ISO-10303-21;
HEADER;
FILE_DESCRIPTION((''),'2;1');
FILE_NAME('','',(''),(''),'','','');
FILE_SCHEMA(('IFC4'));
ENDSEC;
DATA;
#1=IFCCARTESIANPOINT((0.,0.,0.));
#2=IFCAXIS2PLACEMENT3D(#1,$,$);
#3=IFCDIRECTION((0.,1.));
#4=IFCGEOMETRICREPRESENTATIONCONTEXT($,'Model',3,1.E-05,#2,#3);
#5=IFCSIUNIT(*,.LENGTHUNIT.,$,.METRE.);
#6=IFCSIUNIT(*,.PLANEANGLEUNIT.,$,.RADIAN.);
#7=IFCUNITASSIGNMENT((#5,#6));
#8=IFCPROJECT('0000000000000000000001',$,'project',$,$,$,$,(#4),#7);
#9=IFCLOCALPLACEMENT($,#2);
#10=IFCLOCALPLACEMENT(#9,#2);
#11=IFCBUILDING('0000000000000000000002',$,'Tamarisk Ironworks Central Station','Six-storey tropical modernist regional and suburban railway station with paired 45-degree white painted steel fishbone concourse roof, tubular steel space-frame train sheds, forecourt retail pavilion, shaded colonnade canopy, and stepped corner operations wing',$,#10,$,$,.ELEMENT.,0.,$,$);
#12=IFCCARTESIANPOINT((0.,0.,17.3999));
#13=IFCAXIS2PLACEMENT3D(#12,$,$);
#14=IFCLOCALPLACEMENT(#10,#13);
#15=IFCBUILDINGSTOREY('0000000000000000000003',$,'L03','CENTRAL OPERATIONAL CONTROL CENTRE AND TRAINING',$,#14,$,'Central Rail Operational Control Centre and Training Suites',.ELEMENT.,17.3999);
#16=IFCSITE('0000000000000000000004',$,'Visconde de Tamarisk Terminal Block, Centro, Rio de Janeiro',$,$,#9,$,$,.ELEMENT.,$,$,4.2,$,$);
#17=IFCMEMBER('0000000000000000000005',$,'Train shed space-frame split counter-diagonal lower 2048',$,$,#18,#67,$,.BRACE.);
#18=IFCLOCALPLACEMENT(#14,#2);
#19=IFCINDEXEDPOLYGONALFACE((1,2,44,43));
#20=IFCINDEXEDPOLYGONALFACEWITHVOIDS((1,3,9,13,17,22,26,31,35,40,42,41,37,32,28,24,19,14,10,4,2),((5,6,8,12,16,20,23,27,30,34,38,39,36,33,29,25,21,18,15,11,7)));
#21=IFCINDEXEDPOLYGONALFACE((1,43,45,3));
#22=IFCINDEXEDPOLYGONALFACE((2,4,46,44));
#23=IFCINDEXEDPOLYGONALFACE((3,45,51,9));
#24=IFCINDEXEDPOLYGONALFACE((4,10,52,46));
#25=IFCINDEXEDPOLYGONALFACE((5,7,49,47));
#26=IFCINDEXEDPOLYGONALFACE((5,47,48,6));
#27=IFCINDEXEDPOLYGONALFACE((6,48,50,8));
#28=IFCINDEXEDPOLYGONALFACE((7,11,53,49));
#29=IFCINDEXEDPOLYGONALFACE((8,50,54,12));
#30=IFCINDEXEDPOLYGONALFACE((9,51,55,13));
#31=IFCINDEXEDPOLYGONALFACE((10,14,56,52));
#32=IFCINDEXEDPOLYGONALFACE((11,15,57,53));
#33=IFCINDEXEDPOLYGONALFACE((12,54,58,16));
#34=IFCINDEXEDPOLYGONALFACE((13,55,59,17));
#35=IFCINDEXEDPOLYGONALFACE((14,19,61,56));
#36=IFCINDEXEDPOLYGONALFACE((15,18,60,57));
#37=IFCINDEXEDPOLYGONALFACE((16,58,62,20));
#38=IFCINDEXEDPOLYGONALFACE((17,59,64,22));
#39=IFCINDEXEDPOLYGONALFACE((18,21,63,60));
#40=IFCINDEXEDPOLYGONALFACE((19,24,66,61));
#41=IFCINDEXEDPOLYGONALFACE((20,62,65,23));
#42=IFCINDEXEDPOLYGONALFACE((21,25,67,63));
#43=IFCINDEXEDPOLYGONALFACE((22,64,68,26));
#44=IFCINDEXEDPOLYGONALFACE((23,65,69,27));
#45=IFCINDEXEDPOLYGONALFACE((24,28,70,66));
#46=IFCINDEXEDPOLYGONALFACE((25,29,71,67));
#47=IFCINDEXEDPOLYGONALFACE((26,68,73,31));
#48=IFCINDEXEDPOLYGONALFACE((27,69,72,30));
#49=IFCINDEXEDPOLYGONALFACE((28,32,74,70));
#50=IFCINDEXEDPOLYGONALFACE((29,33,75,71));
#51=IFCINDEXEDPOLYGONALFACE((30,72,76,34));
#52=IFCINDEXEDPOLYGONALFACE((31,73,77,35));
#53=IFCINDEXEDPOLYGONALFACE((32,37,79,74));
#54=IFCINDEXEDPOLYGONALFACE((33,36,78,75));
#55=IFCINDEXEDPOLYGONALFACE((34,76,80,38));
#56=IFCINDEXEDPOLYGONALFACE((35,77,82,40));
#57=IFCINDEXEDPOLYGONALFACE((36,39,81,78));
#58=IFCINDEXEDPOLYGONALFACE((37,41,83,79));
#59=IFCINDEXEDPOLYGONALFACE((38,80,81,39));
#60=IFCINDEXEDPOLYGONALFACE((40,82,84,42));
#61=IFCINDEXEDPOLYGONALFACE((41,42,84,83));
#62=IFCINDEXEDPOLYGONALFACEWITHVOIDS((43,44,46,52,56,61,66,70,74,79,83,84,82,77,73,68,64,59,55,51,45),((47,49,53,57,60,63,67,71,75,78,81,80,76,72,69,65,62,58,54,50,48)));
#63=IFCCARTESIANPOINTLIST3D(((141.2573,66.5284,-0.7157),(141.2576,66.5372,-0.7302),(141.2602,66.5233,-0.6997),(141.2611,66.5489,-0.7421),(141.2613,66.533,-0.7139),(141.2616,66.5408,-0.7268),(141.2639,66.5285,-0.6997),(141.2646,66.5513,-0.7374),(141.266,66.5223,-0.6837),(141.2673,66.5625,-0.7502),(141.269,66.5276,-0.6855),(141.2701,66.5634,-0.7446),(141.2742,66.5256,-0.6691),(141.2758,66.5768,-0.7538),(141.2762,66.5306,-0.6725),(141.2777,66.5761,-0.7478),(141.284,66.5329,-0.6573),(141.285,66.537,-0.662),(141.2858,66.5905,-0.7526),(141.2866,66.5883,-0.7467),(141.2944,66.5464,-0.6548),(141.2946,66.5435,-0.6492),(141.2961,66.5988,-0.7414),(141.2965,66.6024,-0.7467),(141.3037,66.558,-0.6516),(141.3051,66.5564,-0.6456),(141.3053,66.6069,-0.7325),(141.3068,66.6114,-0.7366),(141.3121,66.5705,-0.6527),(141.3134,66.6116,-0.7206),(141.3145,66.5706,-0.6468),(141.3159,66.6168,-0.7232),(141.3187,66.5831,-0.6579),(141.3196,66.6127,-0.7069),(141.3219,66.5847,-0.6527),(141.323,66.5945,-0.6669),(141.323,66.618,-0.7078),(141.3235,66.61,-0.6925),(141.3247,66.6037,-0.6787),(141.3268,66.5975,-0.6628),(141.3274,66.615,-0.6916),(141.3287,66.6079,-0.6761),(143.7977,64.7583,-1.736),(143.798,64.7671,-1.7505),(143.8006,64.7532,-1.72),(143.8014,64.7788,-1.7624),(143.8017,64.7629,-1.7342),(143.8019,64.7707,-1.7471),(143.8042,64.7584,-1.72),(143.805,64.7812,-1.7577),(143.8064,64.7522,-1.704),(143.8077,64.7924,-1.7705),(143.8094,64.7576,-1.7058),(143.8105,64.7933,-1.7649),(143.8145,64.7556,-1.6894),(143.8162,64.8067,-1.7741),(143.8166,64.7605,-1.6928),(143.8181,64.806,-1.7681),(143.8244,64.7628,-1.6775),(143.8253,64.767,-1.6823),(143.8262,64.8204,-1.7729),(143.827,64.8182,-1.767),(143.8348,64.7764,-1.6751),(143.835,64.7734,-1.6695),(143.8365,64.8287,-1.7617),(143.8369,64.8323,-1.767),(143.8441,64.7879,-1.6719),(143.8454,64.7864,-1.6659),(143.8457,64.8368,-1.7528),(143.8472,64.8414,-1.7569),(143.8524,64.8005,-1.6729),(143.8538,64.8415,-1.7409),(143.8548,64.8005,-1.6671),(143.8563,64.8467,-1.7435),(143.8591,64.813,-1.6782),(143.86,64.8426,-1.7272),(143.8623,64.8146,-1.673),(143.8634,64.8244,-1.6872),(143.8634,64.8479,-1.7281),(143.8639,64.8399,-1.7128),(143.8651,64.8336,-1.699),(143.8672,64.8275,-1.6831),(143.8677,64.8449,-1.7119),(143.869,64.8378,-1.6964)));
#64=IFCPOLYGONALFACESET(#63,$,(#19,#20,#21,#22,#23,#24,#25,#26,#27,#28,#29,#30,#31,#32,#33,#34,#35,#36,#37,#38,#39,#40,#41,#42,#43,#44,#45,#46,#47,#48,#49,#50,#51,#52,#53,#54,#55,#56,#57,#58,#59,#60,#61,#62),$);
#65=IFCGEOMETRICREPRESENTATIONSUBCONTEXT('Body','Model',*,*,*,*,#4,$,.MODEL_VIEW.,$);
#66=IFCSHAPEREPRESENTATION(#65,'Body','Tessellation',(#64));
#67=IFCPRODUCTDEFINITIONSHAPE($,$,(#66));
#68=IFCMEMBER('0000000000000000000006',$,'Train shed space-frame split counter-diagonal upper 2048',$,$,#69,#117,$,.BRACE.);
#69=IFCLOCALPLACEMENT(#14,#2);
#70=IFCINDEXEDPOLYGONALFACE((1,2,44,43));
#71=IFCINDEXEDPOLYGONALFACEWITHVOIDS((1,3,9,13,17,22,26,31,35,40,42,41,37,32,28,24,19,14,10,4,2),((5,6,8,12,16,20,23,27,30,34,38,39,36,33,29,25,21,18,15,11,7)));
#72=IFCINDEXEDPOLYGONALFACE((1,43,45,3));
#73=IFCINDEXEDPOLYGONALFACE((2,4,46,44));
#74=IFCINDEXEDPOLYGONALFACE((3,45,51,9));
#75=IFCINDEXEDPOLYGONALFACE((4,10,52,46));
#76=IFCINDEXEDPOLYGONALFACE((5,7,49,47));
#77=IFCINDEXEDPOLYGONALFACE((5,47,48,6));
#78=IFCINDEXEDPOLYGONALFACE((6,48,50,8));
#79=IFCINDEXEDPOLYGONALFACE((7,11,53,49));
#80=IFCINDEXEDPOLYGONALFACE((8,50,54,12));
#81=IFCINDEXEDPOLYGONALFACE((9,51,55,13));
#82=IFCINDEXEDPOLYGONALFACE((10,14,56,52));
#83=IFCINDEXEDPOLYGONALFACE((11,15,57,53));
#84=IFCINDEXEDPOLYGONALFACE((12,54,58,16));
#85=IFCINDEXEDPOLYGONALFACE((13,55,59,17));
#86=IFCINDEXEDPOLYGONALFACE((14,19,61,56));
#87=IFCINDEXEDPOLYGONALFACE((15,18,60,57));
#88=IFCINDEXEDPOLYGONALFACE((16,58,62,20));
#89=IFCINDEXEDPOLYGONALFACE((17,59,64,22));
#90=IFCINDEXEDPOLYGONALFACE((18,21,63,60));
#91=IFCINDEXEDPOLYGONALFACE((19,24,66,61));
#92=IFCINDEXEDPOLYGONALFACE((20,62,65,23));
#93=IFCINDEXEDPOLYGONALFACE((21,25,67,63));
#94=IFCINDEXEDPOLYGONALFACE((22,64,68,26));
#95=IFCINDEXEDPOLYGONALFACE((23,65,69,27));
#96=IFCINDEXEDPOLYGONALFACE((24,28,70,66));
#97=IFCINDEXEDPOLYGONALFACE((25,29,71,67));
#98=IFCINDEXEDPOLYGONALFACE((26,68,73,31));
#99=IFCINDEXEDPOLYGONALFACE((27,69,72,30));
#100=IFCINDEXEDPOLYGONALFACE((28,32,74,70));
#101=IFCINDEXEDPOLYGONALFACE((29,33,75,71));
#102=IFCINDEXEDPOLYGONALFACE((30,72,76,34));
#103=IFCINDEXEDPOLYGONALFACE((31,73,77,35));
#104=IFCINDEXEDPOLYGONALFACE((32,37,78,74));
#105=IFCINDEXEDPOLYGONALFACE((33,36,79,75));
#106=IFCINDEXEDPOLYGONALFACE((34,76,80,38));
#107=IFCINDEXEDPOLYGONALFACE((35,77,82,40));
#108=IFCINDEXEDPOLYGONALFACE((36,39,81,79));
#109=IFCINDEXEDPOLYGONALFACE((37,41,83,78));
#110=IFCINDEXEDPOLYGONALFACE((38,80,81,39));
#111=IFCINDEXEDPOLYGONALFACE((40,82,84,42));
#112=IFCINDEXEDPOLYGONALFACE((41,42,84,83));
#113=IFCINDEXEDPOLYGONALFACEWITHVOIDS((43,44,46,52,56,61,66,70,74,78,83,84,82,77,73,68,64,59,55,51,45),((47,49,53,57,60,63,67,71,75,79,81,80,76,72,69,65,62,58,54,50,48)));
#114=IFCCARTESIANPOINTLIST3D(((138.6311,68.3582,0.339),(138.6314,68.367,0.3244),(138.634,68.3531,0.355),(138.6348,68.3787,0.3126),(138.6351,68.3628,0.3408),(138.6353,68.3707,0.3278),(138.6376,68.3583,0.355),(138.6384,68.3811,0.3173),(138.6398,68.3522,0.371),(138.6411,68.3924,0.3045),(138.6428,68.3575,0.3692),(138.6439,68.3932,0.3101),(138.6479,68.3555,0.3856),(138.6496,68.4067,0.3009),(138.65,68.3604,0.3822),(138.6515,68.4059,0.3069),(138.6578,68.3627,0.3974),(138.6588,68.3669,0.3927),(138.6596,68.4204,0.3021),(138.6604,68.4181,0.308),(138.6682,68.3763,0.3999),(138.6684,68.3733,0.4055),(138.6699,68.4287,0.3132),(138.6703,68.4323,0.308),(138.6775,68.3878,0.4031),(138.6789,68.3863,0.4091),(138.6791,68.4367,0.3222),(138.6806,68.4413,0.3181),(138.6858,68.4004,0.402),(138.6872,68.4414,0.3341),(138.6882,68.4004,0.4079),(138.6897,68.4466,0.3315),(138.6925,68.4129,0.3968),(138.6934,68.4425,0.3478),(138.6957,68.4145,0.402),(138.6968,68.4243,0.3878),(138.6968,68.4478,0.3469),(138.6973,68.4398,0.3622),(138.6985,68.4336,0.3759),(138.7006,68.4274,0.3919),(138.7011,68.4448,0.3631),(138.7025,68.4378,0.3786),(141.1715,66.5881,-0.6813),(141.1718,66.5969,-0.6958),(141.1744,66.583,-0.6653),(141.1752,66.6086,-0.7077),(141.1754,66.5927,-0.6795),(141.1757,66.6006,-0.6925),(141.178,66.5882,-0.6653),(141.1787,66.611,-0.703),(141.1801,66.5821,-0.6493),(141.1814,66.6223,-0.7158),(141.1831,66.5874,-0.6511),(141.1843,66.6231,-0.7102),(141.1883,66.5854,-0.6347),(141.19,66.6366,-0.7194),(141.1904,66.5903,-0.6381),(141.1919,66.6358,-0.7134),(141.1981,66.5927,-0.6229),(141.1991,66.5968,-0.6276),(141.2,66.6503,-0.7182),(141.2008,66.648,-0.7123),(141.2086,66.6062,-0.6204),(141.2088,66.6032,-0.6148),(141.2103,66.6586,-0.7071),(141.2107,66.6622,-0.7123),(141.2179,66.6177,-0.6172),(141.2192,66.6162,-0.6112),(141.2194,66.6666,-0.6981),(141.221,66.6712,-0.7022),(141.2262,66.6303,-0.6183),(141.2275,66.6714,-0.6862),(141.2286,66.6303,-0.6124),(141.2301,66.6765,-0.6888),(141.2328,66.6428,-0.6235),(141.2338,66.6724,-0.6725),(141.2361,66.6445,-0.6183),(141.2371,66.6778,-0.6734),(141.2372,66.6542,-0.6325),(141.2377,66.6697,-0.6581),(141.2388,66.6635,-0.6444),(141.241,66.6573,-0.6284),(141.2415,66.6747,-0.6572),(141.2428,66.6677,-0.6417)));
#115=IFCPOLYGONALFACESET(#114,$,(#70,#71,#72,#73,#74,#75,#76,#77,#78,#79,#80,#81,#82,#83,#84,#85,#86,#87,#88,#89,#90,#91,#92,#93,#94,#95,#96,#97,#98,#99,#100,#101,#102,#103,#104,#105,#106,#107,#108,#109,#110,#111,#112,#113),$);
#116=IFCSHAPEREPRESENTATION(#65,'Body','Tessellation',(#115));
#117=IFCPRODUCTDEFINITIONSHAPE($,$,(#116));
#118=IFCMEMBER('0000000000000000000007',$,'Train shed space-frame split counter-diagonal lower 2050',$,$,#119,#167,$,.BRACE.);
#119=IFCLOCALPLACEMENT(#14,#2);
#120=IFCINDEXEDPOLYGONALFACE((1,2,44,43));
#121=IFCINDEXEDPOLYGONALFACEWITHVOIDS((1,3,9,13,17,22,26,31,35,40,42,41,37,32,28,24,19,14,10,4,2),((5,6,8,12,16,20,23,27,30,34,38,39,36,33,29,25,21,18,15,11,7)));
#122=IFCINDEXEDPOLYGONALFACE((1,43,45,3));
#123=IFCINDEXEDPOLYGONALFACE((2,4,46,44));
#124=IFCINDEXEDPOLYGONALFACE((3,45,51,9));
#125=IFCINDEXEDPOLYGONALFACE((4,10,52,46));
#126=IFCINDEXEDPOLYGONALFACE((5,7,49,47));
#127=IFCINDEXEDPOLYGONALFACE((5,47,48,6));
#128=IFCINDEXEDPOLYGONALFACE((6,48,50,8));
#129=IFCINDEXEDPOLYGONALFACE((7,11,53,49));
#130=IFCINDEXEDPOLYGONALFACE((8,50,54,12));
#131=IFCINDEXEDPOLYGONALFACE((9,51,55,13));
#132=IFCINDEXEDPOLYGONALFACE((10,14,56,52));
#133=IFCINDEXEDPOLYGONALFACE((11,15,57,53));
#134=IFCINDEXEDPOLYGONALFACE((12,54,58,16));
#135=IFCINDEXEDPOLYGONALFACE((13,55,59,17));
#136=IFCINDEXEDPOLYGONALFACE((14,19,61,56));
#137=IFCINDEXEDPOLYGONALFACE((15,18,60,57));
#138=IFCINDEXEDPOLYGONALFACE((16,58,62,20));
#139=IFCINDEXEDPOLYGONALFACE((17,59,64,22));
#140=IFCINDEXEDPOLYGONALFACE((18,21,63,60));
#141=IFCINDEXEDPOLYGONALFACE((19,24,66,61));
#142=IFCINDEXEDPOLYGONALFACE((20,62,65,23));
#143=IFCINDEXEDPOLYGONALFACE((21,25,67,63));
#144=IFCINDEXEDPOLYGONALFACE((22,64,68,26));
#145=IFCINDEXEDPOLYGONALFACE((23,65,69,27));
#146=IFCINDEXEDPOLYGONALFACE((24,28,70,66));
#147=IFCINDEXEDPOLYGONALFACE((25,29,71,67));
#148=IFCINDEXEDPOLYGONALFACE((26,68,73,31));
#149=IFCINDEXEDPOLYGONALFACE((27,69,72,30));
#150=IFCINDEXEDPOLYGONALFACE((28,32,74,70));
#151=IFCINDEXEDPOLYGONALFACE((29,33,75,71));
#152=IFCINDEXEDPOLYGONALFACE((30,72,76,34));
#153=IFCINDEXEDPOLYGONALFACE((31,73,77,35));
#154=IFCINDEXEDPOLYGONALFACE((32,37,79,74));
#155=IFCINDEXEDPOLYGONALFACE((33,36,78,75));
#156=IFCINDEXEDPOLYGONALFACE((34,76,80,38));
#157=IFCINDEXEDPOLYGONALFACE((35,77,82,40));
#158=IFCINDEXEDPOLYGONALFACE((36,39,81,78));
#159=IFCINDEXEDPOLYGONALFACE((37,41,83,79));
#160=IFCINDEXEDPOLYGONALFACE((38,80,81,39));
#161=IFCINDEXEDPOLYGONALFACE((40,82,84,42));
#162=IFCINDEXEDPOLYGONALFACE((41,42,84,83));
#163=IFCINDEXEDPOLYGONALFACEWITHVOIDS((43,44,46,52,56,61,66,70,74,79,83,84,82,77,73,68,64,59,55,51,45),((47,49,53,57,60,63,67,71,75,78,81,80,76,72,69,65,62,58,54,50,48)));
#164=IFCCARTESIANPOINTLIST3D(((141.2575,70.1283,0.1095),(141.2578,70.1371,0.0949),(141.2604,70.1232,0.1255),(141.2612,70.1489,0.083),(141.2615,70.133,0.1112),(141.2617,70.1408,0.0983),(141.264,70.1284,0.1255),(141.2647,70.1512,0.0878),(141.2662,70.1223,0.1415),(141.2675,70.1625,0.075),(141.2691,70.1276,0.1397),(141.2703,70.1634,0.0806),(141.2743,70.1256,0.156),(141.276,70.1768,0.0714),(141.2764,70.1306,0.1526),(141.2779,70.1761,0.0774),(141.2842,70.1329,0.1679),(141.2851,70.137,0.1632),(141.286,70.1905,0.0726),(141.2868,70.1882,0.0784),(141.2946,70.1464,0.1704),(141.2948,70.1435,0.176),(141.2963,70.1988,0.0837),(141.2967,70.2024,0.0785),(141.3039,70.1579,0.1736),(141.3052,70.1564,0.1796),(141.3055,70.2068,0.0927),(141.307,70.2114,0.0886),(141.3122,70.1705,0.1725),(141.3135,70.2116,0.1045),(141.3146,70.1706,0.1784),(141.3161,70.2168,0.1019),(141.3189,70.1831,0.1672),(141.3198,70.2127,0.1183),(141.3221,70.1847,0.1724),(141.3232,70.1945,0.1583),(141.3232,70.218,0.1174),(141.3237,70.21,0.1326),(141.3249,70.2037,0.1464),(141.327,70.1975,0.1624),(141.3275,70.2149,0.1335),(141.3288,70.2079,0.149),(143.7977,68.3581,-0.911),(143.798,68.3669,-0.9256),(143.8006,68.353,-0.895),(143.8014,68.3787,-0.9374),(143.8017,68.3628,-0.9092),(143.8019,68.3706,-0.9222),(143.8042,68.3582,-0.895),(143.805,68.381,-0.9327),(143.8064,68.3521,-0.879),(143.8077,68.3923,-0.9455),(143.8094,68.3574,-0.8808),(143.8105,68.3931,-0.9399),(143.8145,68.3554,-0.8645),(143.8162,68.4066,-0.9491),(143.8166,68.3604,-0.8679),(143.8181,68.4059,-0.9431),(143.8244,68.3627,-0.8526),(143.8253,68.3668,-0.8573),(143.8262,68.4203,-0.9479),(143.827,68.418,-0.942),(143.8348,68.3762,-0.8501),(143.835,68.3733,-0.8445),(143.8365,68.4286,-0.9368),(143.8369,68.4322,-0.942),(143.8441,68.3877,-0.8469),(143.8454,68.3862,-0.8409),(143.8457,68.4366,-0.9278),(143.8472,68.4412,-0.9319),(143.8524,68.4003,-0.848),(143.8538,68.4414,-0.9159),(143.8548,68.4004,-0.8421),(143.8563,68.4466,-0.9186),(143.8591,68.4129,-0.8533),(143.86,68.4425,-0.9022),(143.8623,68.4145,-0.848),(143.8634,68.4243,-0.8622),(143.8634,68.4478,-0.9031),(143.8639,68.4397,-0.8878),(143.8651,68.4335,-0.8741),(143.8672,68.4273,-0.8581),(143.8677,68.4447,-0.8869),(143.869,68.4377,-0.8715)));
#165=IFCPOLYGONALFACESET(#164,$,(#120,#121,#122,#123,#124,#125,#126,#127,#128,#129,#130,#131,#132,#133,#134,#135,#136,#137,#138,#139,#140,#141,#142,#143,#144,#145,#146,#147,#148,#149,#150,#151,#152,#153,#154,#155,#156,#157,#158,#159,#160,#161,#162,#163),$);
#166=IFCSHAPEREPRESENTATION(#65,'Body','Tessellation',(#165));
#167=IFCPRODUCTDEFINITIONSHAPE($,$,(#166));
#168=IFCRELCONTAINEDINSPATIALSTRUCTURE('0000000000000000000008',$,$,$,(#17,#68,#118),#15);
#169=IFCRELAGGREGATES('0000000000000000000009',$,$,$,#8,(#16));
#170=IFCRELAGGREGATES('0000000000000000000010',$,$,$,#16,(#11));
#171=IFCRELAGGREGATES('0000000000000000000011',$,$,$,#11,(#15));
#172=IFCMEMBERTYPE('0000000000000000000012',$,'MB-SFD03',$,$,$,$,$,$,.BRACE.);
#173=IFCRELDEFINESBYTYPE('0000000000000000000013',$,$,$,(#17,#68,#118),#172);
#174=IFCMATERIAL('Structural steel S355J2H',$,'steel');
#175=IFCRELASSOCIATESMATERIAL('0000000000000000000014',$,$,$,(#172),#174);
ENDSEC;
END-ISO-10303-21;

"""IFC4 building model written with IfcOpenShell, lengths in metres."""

from ifc_helpers import new_model, si_unit, direction, frame, origin, origin_2d, place, context, subcontext, project, spatial, hollow_circle, extrude, material, material_profile, profile_set, type_object, element, save


model = new_model("IFC4")

# Units and contexts
model_context = context("Model", 3, precision=1e-05, world=origin(), true_north=direction((0.0, 1.0)))
body_context = subcontext(model_context, "Body", "Model", "MODEL_VIEW")
ifc_project = project(units=[si_unit("LENGTHUNIT", "METRE"), si_unit("PLANEANGLEUNIT", "RADIAN")], contexts=[model_context])

# Site, building, storey
site_placement = place(None, origin())
site = spatial("IfcSite", under=ifc_project, at=site_placement, Name="Visconde de Tamarisk Terminal Block, Centro, Rio de Janeiro", CompositionType="ELEMENT", RefElevation=4.2)
building_placement = place(site_placement, origin())
building = spatial("IfcBuilding", under=site, at=building_placement, Name="Tamarisk Ironworks Central Station", Description="Six-storey tropical modernist regional and suburban railway station with paired 45-degree white painted steel fishbone concourse roof, tubular steel space-frame train sheds, forecourt retail pavilion, shaded colonnade canopy, and stepped corner operations wing", CompositionType="ELEMENT", ElevationOfRefHeight=0.0)
storey_placement = place(building_placement, frame((0.0, 0.0, 17.3999)))
storey = spatial("IfcBuildingStorey", under=building, at=storey_placement, Name="L03", Description="CENTRAL OPERATIONAL CONTROL CENTRE AND TRAINING", LongName="Central Rail Operational Control Centre and Training Suites", CompositionType="ELEMENT", Elevation=17.3999)

# Members
ifc_material_1 = material(Name="Structural steel S355J2H", Category="steel")
ifc_material_profile_1 = material_profile(ifc_material_1, hollow_circle(Radius=0.0571, WallThickness=0.0063, at=origin_2d()), Name="CHS 114.3x6.3")
ifc_profile_set_1 = profile_set([ifc_material_profile_1], Name="Structural steel S355J2H")
member_type_1 = type_object("IfcMemberType", Name="MB-SFD03", PredefinedType="BRACE", material=ifc_profile_set_1)
for number, where, z_axis, x_axis, name in (
    (1, (143.8333, 64.8, -1.72), (-0.779252, 0.542967, 0.312974), (-0.571688, -0.820471, 0.0), "Train shed space-frame split counter-diagonal lower 2048"),
    (2, (141.207, 66.6299, -0.6653), (-0.779252, 0.542967, 0.312974), (-0.571688, -0.820471, 0.0), "Train shed space-frame split counter-diagonal upper 2048"),
    (3, (143.8333, 68.3999, -0.895), (-0.779202, 0.543008, 0.313029), (-0.571741, -0.820434, 0.0), "Train shed space-frame split counter-diagonal lower 2050"),
):
    element("IfcMember", number, at=place(storey_placement, frame(where, z_axis=z_axis, x_axis=x_axis)), inside=storey, type_object=member_type_1, Name=name, PredefinedType="BRACE", context=body_context, shape_type="SweptSolid", body=[
        extrude(hollow_circle(Radius=0.0571, WallThickness=0.0063, at=origin_2d()), origin(), (0.0, 0.0, 1.0), 3.26),
    ])

save(model, "model.ifc")
